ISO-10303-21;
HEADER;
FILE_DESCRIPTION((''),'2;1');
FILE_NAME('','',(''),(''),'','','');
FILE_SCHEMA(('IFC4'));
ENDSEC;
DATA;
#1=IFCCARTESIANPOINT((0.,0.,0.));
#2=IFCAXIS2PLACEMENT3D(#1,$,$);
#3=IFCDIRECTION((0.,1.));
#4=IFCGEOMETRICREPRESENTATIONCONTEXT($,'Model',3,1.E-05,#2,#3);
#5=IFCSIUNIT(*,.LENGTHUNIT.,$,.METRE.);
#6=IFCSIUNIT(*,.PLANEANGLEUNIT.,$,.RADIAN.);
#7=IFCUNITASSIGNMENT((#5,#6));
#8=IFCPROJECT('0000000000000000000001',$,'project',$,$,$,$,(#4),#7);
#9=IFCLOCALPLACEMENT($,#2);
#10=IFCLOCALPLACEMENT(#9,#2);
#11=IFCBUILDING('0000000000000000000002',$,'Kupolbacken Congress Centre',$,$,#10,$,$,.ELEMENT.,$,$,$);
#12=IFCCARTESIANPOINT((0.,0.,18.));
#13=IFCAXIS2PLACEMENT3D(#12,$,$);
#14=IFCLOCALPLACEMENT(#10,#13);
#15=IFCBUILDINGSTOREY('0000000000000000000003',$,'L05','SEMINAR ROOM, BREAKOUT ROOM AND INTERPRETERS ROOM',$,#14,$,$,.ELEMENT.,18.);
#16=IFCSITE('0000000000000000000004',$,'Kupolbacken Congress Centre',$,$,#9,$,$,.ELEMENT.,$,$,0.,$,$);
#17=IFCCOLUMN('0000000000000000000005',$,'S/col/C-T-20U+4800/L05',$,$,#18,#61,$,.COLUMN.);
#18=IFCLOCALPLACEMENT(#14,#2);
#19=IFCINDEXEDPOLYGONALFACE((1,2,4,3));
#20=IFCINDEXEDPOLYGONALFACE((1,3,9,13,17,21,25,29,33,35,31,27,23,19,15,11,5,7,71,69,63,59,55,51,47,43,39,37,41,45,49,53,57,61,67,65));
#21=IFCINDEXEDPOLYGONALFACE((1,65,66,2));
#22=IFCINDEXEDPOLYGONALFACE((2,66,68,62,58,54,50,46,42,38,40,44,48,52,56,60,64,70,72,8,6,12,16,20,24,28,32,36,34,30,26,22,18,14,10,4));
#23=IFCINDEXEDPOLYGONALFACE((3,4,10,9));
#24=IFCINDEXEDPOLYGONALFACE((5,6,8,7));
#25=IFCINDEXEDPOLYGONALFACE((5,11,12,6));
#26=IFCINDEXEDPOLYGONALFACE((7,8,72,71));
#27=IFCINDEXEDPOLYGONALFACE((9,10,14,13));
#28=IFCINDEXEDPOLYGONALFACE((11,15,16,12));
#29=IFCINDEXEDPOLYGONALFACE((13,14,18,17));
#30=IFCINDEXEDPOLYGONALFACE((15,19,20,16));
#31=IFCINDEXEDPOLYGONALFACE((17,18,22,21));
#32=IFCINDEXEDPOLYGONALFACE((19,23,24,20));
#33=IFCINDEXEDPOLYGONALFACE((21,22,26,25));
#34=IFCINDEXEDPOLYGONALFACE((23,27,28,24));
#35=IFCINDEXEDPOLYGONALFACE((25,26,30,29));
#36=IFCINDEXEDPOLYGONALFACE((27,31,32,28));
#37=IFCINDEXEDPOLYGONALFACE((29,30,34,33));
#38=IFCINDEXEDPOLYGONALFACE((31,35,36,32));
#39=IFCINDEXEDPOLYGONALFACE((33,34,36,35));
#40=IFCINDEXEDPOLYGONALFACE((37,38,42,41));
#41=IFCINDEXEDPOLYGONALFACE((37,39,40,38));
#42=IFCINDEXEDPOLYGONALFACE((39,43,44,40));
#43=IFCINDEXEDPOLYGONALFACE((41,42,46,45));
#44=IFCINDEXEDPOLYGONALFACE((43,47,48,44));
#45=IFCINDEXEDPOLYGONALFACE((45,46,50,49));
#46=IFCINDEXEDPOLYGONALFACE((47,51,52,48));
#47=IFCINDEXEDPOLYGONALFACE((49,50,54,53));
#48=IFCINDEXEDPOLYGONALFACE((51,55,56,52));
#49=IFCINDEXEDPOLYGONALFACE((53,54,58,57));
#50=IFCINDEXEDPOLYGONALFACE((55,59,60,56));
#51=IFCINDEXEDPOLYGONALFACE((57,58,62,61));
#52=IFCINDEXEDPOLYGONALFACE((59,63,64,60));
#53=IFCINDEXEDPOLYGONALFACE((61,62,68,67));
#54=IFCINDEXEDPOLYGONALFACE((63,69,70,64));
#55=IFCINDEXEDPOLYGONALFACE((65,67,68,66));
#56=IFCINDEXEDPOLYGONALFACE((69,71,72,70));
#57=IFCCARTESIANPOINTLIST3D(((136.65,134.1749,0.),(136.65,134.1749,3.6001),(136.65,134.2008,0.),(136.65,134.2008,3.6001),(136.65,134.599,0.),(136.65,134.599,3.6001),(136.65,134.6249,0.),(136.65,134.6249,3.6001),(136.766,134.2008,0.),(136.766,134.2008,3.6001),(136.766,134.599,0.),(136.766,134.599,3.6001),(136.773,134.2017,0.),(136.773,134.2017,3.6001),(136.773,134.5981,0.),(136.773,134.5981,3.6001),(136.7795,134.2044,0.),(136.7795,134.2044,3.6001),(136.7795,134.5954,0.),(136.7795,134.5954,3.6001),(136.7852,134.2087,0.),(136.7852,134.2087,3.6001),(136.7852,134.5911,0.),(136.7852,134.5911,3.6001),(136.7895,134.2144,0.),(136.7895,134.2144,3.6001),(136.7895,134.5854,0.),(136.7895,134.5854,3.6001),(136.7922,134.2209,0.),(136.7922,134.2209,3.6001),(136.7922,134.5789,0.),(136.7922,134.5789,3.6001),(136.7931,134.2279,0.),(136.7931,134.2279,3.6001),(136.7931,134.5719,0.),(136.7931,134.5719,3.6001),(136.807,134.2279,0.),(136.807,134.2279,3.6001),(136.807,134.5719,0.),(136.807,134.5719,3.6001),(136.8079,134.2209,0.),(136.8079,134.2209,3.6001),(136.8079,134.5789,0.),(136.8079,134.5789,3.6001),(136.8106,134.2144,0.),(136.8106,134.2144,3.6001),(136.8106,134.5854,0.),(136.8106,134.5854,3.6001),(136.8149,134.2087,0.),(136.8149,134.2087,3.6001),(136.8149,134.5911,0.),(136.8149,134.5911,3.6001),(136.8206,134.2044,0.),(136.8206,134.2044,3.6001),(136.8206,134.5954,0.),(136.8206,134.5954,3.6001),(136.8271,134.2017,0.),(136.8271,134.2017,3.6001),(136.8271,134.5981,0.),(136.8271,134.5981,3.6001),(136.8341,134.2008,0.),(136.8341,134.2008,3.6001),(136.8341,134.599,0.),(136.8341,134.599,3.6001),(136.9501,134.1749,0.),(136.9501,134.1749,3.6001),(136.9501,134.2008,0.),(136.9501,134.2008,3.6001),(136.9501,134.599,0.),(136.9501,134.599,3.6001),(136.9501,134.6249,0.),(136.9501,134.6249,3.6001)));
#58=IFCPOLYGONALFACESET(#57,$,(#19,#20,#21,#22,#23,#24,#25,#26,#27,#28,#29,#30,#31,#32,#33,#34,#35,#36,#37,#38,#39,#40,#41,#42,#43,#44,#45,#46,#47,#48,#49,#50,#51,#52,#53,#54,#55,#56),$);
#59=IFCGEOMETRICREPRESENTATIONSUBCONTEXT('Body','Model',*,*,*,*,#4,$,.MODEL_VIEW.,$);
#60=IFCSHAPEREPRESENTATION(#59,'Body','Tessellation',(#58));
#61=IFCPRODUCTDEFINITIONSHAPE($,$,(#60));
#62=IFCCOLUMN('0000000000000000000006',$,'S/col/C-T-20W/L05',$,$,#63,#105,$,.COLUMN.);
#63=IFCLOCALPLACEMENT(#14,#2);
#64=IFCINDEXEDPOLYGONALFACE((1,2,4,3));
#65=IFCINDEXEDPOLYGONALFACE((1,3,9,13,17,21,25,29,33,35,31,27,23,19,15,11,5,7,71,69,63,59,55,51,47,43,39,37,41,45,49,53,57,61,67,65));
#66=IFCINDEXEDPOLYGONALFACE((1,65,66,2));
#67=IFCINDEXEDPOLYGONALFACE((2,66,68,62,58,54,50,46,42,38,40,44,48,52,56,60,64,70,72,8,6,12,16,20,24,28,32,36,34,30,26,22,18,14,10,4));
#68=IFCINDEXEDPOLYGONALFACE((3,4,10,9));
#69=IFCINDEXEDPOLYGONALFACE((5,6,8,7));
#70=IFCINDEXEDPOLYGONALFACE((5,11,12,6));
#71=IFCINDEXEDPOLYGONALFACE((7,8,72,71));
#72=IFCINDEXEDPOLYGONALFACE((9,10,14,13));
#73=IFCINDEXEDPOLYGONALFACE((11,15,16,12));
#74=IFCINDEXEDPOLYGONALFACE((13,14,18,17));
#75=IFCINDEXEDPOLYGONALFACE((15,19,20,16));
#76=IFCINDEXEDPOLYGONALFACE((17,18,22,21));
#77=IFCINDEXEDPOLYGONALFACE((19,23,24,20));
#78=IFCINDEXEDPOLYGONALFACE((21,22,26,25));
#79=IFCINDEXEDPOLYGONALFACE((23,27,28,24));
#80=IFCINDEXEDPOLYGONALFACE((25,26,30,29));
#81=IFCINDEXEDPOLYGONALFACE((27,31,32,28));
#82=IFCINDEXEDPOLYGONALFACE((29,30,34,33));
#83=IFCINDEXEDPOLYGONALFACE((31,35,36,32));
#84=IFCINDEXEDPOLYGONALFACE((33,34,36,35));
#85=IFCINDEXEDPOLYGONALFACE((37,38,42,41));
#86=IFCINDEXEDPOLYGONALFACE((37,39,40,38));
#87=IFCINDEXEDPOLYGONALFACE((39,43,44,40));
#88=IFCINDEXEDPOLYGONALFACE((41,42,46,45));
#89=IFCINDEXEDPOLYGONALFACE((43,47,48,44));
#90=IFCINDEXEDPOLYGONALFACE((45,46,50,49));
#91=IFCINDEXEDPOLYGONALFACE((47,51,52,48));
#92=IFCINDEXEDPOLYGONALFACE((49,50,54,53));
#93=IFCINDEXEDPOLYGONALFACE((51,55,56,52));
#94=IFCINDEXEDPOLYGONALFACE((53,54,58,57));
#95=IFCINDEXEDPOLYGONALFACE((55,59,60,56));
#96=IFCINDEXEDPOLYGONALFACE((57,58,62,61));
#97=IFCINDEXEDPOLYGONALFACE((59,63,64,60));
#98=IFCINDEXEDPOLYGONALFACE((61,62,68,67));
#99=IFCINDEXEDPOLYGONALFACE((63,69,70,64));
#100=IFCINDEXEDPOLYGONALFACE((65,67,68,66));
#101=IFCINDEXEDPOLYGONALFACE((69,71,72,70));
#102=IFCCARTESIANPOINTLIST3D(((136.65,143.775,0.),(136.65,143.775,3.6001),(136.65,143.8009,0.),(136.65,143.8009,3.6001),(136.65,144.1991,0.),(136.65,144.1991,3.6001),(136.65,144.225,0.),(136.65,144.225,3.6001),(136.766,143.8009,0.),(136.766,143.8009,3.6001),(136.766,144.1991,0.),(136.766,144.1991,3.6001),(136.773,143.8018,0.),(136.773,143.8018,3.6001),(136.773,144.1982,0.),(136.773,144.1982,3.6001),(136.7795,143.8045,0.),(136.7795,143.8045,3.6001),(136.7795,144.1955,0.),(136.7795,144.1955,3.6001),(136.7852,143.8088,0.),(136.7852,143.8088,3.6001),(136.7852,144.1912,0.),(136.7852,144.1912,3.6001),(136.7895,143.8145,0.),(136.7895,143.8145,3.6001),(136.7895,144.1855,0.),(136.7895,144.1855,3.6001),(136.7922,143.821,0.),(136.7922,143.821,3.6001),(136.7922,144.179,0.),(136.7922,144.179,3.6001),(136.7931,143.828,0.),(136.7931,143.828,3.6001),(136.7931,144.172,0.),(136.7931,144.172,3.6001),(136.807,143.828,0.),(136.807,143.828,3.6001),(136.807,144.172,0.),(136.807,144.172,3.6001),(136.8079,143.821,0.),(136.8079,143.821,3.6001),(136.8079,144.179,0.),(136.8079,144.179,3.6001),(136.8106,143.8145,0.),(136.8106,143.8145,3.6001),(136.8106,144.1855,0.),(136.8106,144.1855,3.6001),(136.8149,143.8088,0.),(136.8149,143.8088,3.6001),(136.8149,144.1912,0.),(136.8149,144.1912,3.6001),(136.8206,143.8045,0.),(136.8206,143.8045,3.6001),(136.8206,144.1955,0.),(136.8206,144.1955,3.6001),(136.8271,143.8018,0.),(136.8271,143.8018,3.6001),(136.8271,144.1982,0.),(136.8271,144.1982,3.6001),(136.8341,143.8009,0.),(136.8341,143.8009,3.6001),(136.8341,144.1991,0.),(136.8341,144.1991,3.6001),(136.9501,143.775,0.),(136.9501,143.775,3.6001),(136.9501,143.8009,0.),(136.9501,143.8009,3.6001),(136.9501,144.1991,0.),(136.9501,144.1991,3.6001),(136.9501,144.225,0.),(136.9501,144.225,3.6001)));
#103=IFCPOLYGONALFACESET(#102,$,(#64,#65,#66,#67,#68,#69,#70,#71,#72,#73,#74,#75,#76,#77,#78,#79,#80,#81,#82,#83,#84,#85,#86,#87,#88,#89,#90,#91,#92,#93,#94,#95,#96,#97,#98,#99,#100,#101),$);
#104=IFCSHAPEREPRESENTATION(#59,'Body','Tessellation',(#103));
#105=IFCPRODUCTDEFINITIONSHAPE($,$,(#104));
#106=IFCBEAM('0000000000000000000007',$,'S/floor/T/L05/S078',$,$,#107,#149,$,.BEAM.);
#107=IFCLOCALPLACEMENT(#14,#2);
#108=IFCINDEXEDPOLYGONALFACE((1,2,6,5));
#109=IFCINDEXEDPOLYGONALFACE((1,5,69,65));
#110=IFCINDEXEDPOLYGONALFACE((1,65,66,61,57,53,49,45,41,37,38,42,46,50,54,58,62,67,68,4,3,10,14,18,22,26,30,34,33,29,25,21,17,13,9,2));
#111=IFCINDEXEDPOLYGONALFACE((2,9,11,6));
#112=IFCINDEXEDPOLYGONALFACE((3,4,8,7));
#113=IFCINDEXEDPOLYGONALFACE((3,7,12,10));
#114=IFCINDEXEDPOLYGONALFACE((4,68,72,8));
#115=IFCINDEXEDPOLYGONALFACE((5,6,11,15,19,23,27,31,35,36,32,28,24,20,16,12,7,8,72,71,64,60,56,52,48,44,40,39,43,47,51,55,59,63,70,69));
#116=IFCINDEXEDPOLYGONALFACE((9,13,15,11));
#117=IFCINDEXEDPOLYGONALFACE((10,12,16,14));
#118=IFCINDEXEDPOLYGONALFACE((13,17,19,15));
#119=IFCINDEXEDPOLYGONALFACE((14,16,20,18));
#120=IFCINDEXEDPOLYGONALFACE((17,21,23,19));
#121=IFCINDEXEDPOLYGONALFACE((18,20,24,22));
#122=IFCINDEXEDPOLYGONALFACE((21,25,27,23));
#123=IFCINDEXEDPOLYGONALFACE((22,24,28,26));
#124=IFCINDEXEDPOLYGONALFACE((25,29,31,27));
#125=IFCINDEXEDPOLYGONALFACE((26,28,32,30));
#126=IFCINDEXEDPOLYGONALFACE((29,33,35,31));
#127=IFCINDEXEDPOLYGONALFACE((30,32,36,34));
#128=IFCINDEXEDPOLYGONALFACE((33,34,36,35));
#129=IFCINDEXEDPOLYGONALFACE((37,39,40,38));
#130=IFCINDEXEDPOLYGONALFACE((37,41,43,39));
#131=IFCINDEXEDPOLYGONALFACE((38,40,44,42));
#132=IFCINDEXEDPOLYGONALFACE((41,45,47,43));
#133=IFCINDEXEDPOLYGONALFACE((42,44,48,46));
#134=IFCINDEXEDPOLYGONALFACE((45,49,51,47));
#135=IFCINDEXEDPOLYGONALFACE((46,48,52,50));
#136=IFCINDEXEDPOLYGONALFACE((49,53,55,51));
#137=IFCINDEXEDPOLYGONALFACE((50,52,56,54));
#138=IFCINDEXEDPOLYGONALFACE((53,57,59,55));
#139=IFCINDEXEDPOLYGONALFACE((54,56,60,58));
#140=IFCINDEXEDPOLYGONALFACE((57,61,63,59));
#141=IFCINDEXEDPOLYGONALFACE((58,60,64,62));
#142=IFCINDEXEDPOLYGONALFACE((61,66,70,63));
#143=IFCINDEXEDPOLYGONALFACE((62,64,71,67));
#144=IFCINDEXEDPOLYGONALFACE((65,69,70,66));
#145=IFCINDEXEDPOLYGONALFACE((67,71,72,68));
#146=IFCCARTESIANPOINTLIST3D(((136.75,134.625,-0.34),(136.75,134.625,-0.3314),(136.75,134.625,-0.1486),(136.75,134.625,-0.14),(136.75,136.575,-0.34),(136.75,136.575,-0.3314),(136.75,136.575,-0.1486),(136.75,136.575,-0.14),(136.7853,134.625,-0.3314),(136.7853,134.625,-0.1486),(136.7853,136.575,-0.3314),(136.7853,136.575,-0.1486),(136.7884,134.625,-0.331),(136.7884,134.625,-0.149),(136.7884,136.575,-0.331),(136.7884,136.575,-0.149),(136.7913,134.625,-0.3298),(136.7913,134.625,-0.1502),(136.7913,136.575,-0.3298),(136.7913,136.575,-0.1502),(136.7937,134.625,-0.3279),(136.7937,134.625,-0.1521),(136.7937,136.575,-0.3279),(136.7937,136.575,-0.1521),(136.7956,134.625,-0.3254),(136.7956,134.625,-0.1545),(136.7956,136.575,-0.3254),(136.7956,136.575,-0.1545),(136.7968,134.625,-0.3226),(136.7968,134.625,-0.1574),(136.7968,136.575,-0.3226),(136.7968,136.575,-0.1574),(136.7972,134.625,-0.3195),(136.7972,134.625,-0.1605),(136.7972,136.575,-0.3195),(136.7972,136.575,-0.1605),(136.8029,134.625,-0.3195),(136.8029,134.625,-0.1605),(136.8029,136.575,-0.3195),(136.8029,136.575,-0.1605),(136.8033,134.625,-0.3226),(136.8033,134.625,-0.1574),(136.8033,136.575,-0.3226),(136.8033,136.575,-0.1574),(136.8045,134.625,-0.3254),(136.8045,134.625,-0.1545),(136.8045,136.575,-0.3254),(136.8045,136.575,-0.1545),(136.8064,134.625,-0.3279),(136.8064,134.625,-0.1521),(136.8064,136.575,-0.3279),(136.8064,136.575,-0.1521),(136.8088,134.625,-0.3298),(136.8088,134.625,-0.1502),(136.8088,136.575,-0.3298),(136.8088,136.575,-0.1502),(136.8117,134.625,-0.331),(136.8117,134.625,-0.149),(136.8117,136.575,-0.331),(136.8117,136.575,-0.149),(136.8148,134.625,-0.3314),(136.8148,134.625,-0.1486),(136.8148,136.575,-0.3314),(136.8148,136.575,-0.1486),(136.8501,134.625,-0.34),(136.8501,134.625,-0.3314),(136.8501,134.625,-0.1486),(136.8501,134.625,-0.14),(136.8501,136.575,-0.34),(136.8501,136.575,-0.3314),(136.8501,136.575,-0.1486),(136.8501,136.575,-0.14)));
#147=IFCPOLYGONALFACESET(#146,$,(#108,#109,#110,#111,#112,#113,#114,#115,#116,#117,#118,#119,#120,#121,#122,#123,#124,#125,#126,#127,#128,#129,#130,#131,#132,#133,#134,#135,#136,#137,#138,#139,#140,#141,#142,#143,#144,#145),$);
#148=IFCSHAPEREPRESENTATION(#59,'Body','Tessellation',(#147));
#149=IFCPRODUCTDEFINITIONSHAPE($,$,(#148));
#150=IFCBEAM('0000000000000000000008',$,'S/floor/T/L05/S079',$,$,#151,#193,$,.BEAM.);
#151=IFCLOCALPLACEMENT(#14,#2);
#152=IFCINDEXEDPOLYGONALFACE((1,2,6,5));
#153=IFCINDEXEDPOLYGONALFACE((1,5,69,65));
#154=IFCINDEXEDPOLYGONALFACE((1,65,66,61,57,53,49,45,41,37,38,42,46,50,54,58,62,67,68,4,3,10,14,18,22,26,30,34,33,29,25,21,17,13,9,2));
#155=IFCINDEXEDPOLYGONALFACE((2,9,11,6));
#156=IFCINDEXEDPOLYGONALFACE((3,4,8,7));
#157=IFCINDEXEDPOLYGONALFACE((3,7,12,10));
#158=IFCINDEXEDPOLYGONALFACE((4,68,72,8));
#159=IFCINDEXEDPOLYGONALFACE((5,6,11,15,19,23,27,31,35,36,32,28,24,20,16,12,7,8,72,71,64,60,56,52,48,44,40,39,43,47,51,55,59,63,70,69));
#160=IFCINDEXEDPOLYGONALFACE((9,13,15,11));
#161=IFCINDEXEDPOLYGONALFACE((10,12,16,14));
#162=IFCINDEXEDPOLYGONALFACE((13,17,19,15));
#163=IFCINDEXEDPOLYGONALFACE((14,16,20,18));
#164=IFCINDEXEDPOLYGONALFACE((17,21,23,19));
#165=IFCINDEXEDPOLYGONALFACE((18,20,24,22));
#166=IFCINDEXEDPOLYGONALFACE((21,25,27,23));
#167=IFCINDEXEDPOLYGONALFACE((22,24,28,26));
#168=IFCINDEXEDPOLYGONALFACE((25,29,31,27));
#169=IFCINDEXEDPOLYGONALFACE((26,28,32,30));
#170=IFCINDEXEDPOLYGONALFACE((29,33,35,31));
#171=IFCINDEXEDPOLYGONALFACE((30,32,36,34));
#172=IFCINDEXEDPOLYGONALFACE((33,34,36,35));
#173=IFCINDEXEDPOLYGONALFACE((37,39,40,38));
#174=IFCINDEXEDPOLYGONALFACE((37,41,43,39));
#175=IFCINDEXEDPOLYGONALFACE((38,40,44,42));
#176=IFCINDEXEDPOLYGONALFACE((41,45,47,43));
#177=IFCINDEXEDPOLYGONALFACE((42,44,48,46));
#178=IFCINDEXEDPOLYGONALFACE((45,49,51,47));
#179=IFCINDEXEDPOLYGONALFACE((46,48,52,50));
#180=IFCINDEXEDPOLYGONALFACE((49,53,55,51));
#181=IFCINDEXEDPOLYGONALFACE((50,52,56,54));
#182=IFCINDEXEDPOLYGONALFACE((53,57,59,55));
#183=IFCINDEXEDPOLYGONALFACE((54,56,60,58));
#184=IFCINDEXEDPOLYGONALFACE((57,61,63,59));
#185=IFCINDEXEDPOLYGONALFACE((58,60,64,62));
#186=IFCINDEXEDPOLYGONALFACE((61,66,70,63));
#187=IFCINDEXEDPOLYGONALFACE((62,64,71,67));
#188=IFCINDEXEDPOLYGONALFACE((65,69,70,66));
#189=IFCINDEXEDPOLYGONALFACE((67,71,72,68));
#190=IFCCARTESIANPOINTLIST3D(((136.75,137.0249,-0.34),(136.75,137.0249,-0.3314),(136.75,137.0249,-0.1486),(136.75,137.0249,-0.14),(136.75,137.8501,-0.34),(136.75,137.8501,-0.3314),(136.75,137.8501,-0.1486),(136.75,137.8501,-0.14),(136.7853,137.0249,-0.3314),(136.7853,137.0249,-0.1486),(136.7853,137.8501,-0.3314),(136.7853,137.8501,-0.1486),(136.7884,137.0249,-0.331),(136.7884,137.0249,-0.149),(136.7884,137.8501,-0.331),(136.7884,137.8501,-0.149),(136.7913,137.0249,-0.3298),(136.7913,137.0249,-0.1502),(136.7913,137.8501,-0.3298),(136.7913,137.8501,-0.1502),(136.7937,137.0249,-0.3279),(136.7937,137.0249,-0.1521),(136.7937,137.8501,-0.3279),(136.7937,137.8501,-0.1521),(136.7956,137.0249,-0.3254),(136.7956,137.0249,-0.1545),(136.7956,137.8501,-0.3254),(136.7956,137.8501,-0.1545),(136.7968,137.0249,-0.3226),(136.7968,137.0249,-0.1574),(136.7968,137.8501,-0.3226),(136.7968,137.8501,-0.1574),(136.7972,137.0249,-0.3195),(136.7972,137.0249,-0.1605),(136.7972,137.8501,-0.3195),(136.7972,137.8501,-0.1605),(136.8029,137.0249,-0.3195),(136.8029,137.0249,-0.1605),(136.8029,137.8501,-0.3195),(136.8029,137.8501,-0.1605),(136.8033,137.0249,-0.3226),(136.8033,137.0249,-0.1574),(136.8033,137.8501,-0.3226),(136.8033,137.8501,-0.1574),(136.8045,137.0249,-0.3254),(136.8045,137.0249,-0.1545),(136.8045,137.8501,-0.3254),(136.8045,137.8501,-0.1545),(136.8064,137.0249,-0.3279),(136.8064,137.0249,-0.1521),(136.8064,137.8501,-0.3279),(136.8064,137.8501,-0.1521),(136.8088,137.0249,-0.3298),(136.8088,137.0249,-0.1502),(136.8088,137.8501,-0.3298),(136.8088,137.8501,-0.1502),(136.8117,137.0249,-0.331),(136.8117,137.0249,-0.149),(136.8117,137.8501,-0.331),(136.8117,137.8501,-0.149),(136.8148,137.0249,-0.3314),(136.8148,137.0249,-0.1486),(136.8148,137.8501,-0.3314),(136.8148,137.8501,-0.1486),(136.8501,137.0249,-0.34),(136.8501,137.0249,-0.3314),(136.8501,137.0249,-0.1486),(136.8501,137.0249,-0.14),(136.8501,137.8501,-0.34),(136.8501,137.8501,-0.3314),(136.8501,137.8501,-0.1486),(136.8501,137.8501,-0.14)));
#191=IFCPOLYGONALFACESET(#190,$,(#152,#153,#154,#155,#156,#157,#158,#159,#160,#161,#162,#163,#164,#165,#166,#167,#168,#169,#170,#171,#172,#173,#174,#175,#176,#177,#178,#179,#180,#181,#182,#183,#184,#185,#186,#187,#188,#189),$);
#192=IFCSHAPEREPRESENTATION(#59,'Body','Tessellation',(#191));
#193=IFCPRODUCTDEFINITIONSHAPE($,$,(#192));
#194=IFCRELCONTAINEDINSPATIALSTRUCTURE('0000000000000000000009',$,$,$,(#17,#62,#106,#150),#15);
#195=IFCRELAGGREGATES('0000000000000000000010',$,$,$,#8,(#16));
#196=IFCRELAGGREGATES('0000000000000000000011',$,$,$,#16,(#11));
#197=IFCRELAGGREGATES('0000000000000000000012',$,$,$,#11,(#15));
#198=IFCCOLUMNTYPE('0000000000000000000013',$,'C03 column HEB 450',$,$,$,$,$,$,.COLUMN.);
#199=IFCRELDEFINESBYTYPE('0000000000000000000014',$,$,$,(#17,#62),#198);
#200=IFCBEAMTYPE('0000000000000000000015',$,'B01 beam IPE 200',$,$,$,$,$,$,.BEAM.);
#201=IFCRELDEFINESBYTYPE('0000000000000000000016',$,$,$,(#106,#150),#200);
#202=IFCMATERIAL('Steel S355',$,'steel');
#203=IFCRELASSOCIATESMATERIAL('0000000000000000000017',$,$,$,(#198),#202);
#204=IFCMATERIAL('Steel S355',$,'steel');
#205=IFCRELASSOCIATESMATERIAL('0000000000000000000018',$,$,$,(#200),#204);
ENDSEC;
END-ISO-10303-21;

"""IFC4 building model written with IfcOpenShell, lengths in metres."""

from ifc_helpers import new_model, si_unit, direction, frame, origin, origin_2d, place, context, subcontext, project, spatial, i_section, extrude, material, material_profile, profile_set, type_object, element, save


model = new_model("IFC4")

# Units and contexts
model_context = context("Model", 3, precision=1e-05, world=origin(), true_north=direction((0.0, 1.0)))
body_context = subcontext(model_context, "Body", "Model", "MODEL_VIEW")
ifc_project = project(units=[si_unit("LENGTHUNIT", "METRE"), si_unit("PLANEANGLEUNIT", "RADIAN")], contexts=[model_context])

# Site, building, storey
site_placement = place(None, origin())
site = spatial("IfcSite", under=ifc_project, at=site_placement, Name="Kupolbacken Congress Centre", CompositionType="ELEMENT", RefElevation=0.0)
building_placement = place(site_placement, origin())
building = spatial("IfcBuilding", under=site, at=building_placement, Name="Kupolbacken Congress Centre", CompositionType="ELEMENT")
storey_placement = place(building_placement, frame((0.0, 0.0, 18.0)))
storey = spatial("IfcBuildingStorey", under=building, at=storey_placement, Name="L05", Description="SEMINAR ROOM, BREAKOUT ROOM AND INTERPRETERS ROOM", CompositionType="ELEMENT", Elevation=18.0)

# Columns
ifc_material_1 = material(Name="Steel S355", Category="steel")
ifc_material_profile_1 = material_profile(ifc_material_1, i_section(OverallWidth=0.3, OverallDepth=0.45, WebThickness=0.0139, FlangeThickness=0.0259, FilletRadius=0.0271, at=origin_2d()), Name="HEB 450")
ifc_profile_set_1 = profile_set([ifc_material_profile_1], Name="Steel S355")
column_type = type_object("IfcColumnType", Name="C03 column HEB 450", PredefinedType="COLUMN", material=ifc_profile_set_1)
for number, where, z_axis, x_axis, name in (
    (1, (136.8, 134.3999, 0.0), (0.0, 0.0, 1.0), (1.0, 0.0, 0.0), "S/col/C-T-20U+4800/L05"),
    (2, (136.8, 144.0, 0.0), (0.0, 0.0, 1.0), (1.0, 0.0, 0.0), "S/col/C-T-20W/L05"),
):
    element("IfcColumn", number, at=place(storey_placement, frame(where, z_axis=z_axis, x_axis=x_axis)), inside=storey, type_object=column_type, Name=name, PredefinedType="COLUMN", context=body_context, shape_type="SweptSolid", body=[
        extrude(i_section(OverallWidth=0.3, OverallDepth=0.45, WebThickness=0.0139, FlangeThickness=0.0259, FilletRadius=0.0271, at=origin_2d()), origin(), (0.0, 0.0, 1.0), 3.6001),
    ])

# Beams
ifc_material_2 = material(Name="Steel S355", Category="steel")
ifc_material_profile_2 = material_profile(ifc_material_2, i_section(OverallWidth=0.1001, OverallDepth=0.2, WebThickness=0.0056, FlangeThickness=0.0085, FilletRadius=0.012, at=origin_2d()), Name="IPE 200")
ifc_profile_set_2 = profile_set([ifc_material_profile_2], Name="Steel S355")
beam_type_1 = type_object("IfcBeamType", Name="B01 beam IPE 200", PredefinedType="BEAM", material=ifc_profile_set_2)
beam_1_placement = place(storey_placement, frame((136.8, 134.625, -0.24), z_axis=(0.0, 1.0, 0.0), x_axis=(-1.0, 0.0, 0.0)))
element("IfcBeam", 3, at=beam_1_placement, inside=storey, type_object=beam_type_1, Name="S/floor/T/L05/S078", PredefinedType="BEAM", context=body_context, shape_type="SweptSolid", body=[
    extrude(i_section(OverallWidth=0.1001, OverallDepth=0.2, WebThickness=0.0056, FlangeThickness=0.0085, FilletRadius=0.012, at=origin_2d()), origin(), (0.0, 0.0, 1.0), 1.95),
])
beam_2_placement = place(storey_placement, frame((136.8, 137.0249, -0.24), z_axis=(0.0, 1.0, 0.0), x_axis=(-1.0, 0.0, 0.0)))
element("IfcBeam", 4, at=beam_2_placement, inside=storey, type_object=beam_type_1, Name="S/floor/T/L05/S079", PredefinedType="BEAM", context=body_context, shape_type="SweptSolid", body=[
    extrude(i_section(OverallWidth=0.1001, OverallDepth=0.2, WebThickness=0.0056, FlangeThickness=0.0085, FilletRadius=0.012, at=origin_2d()), origin(), (0.0, 0.0, 1.0), 0.8252),
])

save(model, "model.ifc")
